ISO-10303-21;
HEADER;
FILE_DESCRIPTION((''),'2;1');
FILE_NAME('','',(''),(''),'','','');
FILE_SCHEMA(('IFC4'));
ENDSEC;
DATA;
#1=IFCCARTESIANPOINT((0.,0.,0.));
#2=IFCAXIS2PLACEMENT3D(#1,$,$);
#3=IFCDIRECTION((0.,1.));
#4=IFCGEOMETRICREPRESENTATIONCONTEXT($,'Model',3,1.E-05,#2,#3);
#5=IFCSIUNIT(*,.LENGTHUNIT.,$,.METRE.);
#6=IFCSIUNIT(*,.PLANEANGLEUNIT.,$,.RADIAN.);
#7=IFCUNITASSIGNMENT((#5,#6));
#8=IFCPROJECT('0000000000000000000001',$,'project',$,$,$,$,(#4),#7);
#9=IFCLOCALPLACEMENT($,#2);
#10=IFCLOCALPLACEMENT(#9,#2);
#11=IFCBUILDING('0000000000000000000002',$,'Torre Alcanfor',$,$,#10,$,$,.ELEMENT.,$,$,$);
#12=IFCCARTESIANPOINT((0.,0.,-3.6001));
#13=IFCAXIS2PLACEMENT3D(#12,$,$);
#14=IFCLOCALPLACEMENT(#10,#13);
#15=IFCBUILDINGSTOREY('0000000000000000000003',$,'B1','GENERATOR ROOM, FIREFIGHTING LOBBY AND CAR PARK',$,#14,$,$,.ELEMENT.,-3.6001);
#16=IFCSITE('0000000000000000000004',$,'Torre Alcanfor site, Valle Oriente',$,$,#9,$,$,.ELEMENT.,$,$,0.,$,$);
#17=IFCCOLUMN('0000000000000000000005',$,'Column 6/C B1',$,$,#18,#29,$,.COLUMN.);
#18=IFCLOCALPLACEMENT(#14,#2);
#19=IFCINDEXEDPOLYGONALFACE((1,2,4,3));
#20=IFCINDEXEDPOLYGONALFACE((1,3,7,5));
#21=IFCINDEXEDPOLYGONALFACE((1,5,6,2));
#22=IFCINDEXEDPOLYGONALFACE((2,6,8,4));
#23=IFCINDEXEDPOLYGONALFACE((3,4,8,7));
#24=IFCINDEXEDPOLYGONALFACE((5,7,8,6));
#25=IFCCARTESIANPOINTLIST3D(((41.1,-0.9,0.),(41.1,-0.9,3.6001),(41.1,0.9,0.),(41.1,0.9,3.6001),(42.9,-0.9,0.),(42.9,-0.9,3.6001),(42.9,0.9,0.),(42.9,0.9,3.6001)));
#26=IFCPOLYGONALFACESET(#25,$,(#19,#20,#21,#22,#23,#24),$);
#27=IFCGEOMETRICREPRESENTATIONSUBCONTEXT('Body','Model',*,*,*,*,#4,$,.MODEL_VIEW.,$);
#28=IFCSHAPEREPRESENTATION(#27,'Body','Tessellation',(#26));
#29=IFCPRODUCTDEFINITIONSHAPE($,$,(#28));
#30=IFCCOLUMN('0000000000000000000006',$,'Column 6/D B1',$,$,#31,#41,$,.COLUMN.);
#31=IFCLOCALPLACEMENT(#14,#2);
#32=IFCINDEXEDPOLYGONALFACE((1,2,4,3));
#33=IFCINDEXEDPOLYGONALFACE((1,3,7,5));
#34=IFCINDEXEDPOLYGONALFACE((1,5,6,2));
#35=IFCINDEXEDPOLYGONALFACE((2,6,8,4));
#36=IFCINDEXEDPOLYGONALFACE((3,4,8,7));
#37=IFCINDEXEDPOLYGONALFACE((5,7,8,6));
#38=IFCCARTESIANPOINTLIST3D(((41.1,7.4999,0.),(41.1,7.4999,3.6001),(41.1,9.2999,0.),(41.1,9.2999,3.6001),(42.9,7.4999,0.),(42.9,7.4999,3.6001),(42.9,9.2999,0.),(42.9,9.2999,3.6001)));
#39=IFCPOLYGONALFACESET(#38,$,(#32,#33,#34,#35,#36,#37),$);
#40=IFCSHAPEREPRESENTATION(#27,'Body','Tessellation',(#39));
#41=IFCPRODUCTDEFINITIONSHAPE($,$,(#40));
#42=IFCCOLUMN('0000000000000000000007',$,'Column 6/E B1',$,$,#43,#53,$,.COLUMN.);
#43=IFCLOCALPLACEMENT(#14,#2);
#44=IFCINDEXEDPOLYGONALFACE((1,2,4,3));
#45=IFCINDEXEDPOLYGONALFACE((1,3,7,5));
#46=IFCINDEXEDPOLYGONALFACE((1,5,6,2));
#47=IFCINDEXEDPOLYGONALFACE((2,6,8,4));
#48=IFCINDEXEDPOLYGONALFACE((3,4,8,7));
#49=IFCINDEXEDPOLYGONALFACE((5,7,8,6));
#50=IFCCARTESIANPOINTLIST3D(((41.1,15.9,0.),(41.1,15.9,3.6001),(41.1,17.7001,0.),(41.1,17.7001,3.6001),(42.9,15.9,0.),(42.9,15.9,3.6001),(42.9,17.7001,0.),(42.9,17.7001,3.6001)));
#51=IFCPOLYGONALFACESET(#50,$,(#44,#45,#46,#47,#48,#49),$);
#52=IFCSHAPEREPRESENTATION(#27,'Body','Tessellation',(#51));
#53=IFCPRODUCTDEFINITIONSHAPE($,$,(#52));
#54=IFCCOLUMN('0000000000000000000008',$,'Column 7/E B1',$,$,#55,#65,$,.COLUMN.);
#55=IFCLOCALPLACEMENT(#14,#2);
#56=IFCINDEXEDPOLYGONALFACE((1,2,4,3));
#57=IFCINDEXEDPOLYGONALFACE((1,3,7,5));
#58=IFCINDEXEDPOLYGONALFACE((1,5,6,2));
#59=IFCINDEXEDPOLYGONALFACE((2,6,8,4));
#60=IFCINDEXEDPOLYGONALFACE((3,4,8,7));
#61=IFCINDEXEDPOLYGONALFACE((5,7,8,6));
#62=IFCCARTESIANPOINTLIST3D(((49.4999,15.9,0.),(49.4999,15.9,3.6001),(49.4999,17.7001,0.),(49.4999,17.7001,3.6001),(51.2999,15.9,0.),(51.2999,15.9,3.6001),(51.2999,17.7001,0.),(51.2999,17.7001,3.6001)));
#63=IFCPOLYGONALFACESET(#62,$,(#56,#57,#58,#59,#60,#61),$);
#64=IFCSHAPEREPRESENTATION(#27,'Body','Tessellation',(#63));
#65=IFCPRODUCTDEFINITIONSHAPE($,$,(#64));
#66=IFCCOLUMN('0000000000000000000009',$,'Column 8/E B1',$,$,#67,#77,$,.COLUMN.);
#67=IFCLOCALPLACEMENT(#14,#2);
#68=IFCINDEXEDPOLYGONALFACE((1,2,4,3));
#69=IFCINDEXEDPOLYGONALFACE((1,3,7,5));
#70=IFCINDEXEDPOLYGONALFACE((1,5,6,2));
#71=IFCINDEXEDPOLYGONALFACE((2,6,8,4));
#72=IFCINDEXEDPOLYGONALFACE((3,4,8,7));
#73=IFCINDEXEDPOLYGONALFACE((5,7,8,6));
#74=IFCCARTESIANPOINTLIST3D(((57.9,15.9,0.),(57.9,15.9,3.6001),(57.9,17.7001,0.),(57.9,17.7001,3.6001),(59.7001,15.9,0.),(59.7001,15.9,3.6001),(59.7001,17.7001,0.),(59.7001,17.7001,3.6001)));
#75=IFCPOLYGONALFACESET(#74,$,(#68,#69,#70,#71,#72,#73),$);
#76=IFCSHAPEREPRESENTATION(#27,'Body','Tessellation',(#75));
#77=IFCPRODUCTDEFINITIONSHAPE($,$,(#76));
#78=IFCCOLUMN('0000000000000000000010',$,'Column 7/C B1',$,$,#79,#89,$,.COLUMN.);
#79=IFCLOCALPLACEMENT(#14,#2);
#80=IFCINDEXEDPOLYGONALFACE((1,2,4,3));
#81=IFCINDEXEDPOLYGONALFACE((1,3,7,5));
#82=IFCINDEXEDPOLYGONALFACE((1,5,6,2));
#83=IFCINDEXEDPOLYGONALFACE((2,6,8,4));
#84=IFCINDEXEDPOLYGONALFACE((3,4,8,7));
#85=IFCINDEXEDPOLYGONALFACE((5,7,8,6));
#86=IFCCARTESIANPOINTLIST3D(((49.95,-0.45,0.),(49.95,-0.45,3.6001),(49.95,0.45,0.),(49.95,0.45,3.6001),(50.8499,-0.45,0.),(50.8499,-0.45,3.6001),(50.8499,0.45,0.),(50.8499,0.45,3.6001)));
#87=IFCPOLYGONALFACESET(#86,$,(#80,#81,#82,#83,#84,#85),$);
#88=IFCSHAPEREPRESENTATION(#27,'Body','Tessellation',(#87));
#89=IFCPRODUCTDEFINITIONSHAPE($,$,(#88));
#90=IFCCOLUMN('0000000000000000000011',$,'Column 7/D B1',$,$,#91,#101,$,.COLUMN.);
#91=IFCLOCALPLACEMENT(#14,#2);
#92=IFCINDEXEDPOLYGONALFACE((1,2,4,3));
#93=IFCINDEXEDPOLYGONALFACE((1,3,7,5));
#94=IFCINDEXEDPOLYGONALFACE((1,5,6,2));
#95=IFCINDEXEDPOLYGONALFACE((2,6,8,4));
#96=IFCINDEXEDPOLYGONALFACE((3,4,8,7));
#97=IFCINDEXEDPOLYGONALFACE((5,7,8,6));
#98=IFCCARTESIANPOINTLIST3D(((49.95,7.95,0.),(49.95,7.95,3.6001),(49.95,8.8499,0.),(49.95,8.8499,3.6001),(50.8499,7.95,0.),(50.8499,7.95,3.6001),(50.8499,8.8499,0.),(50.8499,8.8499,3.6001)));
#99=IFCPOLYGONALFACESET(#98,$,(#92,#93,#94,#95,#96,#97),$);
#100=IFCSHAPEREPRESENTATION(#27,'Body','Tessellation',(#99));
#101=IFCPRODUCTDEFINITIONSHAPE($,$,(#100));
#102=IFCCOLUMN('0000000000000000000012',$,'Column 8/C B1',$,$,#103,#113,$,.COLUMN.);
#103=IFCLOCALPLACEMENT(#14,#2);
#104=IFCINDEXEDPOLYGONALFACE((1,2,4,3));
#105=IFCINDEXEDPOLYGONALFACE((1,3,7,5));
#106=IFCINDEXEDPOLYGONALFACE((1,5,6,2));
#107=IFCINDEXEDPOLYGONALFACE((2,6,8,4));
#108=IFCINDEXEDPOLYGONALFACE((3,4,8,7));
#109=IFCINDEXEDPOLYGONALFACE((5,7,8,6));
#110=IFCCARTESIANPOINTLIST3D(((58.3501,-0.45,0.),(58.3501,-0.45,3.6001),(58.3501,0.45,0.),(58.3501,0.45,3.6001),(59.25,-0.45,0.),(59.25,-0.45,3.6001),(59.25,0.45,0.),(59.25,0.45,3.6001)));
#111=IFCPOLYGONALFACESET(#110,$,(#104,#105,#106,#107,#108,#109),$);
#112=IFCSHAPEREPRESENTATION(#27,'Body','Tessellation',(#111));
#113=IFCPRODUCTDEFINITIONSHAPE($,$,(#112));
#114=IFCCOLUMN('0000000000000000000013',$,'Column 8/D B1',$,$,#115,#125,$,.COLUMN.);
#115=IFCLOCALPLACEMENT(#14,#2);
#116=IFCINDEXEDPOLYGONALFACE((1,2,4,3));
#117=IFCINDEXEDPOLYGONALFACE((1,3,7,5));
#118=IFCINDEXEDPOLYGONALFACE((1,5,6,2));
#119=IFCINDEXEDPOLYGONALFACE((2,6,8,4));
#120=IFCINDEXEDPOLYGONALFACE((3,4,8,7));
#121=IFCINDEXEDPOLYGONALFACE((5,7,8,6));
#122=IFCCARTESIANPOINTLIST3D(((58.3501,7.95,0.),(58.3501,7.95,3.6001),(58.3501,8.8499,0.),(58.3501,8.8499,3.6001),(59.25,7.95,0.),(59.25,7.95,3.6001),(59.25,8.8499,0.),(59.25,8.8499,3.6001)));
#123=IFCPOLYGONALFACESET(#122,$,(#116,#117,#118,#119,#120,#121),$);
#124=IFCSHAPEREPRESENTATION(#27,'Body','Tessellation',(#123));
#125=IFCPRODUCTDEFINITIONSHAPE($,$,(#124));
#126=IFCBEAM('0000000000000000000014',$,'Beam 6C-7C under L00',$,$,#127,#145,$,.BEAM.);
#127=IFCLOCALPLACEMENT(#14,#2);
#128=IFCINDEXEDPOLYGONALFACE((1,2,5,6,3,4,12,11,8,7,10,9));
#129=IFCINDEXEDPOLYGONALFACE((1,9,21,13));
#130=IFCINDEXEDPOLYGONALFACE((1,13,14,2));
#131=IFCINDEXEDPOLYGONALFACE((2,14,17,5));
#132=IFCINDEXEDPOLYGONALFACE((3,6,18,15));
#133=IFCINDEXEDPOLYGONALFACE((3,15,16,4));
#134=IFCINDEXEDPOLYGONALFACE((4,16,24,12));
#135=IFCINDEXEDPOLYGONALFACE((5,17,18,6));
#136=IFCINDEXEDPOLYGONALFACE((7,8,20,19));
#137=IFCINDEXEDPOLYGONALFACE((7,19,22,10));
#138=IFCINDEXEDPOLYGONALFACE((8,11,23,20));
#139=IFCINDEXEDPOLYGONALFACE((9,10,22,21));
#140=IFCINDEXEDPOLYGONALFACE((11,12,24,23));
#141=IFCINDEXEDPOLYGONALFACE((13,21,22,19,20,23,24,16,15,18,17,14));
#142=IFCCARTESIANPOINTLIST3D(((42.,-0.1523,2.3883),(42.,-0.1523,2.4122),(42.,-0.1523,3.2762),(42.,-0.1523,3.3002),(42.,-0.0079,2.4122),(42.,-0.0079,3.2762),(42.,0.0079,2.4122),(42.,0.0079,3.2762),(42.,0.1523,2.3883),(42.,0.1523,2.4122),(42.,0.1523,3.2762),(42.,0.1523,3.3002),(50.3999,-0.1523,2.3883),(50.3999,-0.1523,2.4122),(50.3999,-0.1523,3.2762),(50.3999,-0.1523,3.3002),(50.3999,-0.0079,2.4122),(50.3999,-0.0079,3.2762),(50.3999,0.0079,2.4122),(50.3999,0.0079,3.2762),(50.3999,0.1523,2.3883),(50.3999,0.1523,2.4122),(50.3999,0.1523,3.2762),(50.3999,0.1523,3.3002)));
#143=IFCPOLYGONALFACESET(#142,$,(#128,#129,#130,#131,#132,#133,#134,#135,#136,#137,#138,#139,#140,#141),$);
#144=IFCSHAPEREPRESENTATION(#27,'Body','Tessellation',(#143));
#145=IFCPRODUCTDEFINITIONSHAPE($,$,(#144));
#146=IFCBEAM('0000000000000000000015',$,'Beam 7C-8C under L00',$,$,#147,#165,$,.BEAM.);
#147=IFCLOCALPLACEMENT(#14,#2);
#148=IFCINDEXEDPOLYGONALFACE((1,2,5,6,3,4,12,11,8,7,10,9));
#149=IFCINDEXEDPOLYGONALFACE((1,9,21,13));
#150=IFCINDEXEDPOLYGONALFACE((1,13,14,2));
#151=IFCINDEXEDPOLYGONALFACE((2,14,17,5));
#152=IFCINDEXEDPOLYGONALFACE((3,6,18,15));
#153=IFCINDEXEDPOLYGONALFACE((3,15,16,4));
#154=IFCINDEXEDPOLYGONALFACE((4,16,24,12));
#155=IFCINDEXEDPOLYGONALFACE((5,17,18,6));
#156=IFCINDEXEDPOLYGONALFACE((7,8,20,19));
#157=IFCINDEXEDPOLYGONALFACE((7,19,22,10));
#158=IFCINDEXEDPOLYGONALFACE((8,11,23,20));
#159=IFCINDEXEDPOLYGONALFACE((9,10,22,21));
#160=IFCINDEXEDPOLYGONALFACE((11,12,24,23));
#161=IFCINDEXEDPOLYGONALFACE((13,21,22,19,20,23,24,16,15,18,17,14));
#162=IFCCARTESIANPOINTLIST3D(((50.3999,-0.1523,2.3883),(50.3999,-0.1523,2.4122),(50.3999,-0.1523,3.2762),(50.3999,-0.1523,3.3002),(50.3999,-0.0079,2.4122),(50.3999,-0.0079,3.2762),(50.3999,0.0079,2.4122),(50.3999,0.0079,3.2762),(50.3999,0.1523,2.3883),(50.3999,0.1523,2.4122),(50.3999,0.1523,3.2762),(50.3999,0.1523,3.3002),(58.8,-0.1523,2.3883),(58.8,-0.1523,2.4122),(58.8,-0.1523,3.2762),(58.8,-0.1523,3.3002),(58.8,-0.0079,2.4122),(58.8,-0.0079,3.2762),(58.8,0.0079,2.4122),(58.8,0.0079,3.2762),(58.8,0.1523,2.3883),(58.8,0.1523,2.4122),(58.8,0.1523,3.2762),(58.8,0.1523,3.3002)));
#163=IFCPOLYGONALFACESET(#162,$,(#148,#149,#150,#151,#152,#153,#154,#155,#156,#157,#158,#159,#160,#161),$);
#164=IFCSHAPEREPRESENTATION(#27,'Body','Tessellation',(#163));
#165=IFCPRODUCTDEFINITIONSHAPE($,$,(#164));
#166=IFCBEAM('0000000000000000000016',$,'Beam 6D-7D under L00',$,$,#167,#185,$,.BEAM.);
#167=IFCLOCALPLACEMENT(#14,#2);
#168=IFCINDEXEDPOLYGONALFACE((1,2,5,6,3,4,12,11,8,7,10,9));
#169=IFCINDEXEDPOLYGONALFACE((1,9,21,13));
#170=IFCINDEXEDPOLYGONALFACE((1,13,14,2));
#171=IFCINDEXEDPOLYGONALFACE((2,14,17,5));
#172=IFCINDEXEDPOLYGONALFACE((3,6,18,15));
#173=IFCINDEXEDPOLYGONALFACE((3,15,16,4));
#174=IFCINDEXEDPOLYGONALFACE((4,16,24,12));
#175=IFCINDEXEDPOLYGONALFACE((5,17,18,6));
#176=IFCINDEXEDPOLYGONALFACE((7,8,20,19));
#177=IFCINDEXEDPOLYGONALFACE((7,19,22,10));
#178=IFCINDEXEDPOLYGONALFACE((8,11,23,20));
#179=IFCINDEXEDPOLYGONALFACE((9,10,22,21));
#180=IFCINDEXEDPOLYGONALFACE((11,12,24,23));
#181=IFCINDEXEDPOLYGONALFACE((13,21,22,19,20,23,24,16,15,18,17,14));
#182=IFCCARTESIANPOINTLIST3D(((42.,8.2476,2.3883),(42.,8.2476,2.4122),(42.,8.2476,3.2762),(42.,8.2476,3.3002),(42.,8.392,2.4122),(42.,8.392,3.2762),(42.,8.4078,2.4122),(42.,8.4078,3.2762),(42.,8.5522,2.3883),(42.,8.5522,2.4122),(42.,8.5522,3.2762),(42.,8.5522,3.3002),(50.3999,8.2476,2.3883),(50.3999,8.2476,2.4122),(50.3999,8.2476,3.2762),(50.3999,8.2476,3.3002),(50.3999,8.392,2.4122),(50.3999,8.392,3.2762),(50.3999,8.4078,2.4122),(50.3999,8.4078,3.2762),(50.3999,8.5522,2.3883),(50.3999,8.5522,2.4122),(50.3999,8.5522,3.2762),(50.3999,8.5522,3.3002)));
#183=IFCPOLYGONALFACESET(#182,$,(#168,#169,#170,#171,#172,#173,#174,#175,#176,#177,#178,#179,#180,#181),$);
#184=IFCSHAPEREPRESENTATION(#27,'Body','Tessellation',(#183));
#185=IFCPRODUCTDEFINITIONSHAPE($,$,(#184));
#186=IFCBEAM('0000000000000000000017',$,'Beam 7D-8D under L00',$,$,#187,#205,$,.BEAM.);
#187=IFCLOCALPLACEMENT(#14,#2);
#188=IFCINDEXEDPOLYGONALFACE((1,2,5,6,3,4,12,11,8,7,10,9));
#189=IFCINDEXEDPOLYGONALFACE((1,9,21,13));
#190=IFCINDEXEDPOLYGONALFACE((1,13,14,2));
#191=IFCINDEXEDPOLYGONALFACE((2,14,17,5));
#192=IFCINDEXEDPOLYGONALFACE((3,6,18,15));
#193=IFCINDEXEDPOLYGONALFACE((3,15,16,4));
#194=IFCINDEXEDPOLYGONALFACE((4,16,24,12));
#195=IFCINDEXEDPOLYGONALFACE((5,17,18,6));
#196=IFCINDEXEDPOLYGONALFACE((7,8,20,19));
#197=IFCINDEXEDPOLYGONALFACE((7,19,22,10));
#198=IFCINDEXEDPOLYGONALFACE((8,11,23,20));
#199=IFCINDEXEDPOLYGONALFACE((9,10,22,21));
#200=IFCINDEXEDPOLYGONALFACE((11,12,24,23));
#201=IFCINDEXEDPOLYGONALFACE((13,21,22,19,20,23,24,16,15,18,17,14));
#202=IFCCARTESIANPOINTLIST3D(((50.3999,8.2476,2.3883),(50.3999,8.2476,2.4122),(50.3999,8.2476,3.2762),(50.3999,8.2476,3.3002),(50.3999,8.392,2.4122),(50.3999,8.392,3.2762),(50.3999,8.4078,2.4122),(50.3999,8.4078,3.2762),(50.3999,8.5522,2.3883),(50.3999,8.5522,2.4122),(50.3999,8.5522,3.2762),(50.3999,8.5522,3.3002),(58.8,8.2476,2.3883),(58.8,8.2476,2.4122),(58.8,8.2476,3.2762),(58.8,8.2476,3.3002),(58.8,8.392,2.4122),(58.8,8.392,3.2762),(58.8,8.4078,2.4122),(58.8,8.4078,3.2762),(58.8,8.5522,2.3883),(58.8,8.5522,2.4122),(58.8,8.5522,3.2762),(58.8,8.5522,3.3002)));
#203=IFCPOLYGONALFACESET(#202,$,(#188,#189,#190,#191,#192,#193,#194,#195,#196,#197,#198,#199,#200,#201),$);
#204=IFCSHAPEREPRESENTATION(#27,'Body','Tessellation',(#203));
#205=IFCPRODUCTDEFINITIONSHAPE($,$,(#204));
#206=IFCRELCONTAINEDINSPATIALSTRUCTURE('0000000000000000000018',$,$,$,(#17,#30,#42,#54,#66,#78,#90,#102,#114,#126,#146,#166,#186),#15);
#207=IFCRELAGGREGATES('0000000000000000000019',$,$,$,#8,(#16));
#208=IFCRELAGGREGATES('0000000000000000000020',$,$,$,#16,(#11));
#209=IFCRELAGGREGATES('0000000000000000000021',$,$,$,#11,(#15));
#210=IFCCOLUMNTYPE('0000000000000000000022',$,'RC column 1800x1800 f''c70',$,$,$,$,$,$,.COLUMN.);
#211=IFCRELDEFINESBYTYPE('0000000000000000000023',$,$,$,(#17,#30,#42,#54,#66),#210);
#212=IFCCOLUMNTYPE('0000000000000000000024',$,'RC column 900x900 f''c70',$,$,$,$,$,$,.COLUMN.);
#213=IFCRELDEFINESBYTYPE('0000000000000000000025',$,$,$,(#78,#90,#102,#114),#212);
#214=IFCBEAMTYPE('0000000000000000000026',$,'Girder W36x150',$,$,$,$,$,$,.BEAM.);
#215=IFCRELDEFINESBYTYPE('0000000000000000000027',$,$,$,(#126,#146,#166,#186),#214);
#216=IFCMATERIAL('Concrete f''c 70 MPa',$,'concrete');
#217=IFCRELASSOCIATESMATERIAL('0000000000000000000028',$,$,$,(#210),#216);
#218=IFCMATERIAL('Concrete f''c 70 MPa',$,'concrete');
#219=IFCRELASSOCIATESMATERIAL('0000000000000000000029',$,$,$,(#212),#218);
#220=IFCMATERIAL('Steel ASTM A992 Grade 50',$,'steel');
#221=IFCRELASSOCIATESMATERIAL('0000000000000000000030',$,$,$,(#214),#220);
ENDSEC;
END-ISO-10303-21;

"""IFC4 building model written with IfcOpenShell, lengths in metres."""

from ifc_helpers import new_model, si_unit, direction, frame, origin, origin_2d, place, context, subcontext, project, spatial, rectangle, i_section, extrude, material, material_profile, profile_set, type_object, element, save


model = new_model("IFC4")

# Units and contexts
model_context = context("Model", 3, precision=1e-05, world=origin(), true_north=direction((0.0, 1.0)))
body_context = subcontext(model_context, "Body", "Model", "MODEL_VIEW")
ifc_project = project(units=[si_unit("LENGTHUNIT", "METRE"), si_unit("PLANEANGLEUNIT", "RADIAN")], contexts=[model_context])

# Site, building, storey
site_placement = place(None, origin())
site = spatial("IfcSite", under=ifc_project, at=site_placement, Name="Torre Alcanfor site, Valle Oriente", CompositionType="ELEMENT", RefElevation=0.0)
building_placement = place(site_placement, origin())
building = spatial("IfcBuilding", under=site, at=building_placement, Name="Torre Alcanfor", CompositionType="ELEMENT")
storey_placement = place(building_placement, frame((0.0, 0.0, -3.6001)))
storey = spatial("IfcBuildingStorey", under=building, at=storey_placement, Name="B1", Description="GENERATOR ROOM, FIREFIGHTING LOBBY AND CAR PARK", CompositionType="ELEMENT", Elevation=-3.6001)

# Columns
ifc_material_1 = material(Name="Concrete f'c 70 MPa", Category="concrete")
ifc_material_profile_1 = material_profile(ifc_material_1, rectangle(XDim=1.8, YDim=1.8, at=origin_2d()), Name="1800x1800")
ifc_profile_set_1 = profile_set([ifc_material_profile_1], Name="Concrete f'c 70 MPa")
column_type_1 = type_object("IfcColumnType", Name="RC column 1800x1800 f'c70", PredefinedType="COLUMN", material=ifc_profile_set_1)
for number, where, z_axis, x_axis, name in (
    (1, (42.0, 0.0, 0.0), (0.0, 0.0, 1.0), (1.0, 0.0, 0.0), "Column 6/C B1"),
    (2, (42.0, 8.3999, 0.0), (0.0, 0.0, 1.0), (1.0, 0.0, 0.0), "Column 6/D B1"),
    (3, (42.0, 16.8, 0.0), (0.0, 0.0, 1.0), (1.0, 0.0, 0.0), "Column 6/E B1"),
    (4, (50.3999, 16.8, 0.0), (0.0, 0.0, 1.0), (1.0, 0.0, 0.0), "Column 7/E B1"),
    (5, (58.8, 16.8, 0.0), (0.0, 0.0, 1.0), (1.0, 0.0, 0.0), "Column 8/E B1"),
):
    element("IfcColumn", number, at=place(storey_placement, frame(where, z_axis=z_axis, x_axis=x_axis)), inside=storey, type_object=column_type_1, Name=name, PredefinedType="COLUMN", context=body_context, shape_type="SweptSolid", body=[
        extrude(rectangle(XDim=1.8, YDim=1.8, at=origin_2d()), origin(), (0.0, 0.0, 1.0), 3.6001),
    ])
ifc_material_2 = material(Name="Concrete f'c 70 MPa", Category="concrete")
ifc_material_profile_2 = material_profile(ifc_material_2, rectangle(XDim=0.8999, YDim=0.8999, at=origin_2d()), Name="900x900")
ifc_profile_set_2 = profile_set([ifc_material_profile_2], Name="Concrete f'c 70 MPa")
column_type_2 = type_object("IfcColumnType", Name="RC column 900x900 f'c70", PredefinedType="COLUMN", material=ifc_profile_set_2)
for number, where, z_axis, x_axis, name in (
    (6, (50.3999, 0.0, 0.0), (0.0, 0.0, 1.0), (1.0, 0.0, 0.0), "Column 7/C B1"),
    (7, (50.3999, 8.3999, 0.0), (0.0, 0.0, 1.0), (1.0, 0.0, 0.0), "Column 7/D B1"),
    (8, (58.8, 0.0, 0.0), (0.0, 0.0, 1.0), (1.0, 0.0, 0.0), "Column 8/C B1"),
    (9, (58.8, 8.3999, 0.0), (0.0, 0.0, 1.0), (1.0, 0.0, 0.0), "Column 8/D B1"),
):
    element("IfcColumn", number, at=place(storey_placement, frame(where, z_axis=z_axis, x_axis=x_axis)), inside=storey, type_object=column_type_2, Name=name, PredefinedType="COLUMN", context=body_context, shape_type="SweptSolid", body=[
        extrude(rectangle(XDim=0.8999, YDim=0.8999, at=origin_2d()), origin(), (0.0, 0.0, 1.0), 3.6001),
    ])

# Beams
ifc_material_3 = material(Name="Steel ASTM A992 Grade 50", Category="steel")
ifc_material_profile_3 = material_profile(ifc_material_3, i_section(OverallWidth=0.3047, OverallDepth=0.9119, WebThickness=0.0159, FlangeThickness=0.0239, at=origin_2d()), Name="W36x150")
ifc_profile_set_3 = profile_set([ifc_material_profile_3], Name="Steel ASTM A992 Grade 50")
beam_type_1 = type_object("IfcBeamType", Name="Girder W36x150", PredefinedType="BEAM", material=ifc_profile_set_3)
beam_1_placement = place(storey_placement, frame((42.0, 0.0, 2.8442), z_axis=(1.0, 0.0, 0.0), x_axis=(0.0, 1.0, 0.0)))
element("IfcBeam", 10, at=beam_1_placement, inside=storey, type_object=beam_type_1, Name="Beam 6C-7C under L00", PredefinedType="BEAM", context=body_context, shape_type="SweptSolid", body=[
    extrude(i_section(OverallWidth=0.3047, OverallDepth=0.9119, WebThickness=0.0159, FlangeThickness=0.0239, at=origin_2d()), origin(), (0.0, 0.0, 1.0), 8.3999),
])
beam_2_placement = place(storey_placement, frame((50.3999, 0.0, 2.8442), z_axis=(1.0, 0.0, 0.0), x_axis=(0.0, 1.0, 0.0)))
element("IfcBeam", 11, at=beam_2_placement, inside=storey, type_object=beam_type_1, Name="Beam 7C-8C under L00", PredefinedType="BEAM", context=body_context, shape_type="SweptSolid", body=[
    extrude(i_section(OverallWidth=0.3047, OverallDepth=0.9119, WebThickness=0.0159, FlangeThickness=0.0239, at=origin_2d()), origin(), (0.0, 0.0, 1.0), 8.4001),
])
beam_3_placement = place(storey_placement, frame((42.0, 8.3999, 2.8442), z_axis=(1.0, 0.0, 0.0), x_axis=(0.0, 1.0, 0.0)))
element("IfcBeam", 12, at=beam_3_placement, inside=storey, type_object=beam_type_1, Name="Beam 6D-7D under L00", PredefinedType="BEAM", context=body_context, shape_type="SweptSolid", body=[
    extrude(i_section(OverallWidth=0.3047, OverallDepth=0.9119, WebThickness=0.0159, FlangeThickness=0.0239, at=origin_2d()), origin(), (0.0, 0.0, 1.0), 8.3999),
])
beam_4_placement = place(storey_placement, frame((50.3999, 8.3999, 2.8442), z_axis=(1.0, 0.0, 0.0), x_axis=(0.0, 1.0, 0.0)))
element("IfcBeam", 13, at=beam_4_placement, inside=storey, type_object=beam_type_1, Name="Beam 7D-8D under L00", PredefinedType="BEAM", context=body_context, shape_type="SweptSolid", body=[
    extrude(i_section(OverallWidth=0.3047, OverallDepth=0.9119, WebThickness=0.0159, FlangeThickness=0.0239, at=origin_2d()), origin(), (0.0, 0.0, 1.0), 8.4001),
])

save(model, "model.ifc")
